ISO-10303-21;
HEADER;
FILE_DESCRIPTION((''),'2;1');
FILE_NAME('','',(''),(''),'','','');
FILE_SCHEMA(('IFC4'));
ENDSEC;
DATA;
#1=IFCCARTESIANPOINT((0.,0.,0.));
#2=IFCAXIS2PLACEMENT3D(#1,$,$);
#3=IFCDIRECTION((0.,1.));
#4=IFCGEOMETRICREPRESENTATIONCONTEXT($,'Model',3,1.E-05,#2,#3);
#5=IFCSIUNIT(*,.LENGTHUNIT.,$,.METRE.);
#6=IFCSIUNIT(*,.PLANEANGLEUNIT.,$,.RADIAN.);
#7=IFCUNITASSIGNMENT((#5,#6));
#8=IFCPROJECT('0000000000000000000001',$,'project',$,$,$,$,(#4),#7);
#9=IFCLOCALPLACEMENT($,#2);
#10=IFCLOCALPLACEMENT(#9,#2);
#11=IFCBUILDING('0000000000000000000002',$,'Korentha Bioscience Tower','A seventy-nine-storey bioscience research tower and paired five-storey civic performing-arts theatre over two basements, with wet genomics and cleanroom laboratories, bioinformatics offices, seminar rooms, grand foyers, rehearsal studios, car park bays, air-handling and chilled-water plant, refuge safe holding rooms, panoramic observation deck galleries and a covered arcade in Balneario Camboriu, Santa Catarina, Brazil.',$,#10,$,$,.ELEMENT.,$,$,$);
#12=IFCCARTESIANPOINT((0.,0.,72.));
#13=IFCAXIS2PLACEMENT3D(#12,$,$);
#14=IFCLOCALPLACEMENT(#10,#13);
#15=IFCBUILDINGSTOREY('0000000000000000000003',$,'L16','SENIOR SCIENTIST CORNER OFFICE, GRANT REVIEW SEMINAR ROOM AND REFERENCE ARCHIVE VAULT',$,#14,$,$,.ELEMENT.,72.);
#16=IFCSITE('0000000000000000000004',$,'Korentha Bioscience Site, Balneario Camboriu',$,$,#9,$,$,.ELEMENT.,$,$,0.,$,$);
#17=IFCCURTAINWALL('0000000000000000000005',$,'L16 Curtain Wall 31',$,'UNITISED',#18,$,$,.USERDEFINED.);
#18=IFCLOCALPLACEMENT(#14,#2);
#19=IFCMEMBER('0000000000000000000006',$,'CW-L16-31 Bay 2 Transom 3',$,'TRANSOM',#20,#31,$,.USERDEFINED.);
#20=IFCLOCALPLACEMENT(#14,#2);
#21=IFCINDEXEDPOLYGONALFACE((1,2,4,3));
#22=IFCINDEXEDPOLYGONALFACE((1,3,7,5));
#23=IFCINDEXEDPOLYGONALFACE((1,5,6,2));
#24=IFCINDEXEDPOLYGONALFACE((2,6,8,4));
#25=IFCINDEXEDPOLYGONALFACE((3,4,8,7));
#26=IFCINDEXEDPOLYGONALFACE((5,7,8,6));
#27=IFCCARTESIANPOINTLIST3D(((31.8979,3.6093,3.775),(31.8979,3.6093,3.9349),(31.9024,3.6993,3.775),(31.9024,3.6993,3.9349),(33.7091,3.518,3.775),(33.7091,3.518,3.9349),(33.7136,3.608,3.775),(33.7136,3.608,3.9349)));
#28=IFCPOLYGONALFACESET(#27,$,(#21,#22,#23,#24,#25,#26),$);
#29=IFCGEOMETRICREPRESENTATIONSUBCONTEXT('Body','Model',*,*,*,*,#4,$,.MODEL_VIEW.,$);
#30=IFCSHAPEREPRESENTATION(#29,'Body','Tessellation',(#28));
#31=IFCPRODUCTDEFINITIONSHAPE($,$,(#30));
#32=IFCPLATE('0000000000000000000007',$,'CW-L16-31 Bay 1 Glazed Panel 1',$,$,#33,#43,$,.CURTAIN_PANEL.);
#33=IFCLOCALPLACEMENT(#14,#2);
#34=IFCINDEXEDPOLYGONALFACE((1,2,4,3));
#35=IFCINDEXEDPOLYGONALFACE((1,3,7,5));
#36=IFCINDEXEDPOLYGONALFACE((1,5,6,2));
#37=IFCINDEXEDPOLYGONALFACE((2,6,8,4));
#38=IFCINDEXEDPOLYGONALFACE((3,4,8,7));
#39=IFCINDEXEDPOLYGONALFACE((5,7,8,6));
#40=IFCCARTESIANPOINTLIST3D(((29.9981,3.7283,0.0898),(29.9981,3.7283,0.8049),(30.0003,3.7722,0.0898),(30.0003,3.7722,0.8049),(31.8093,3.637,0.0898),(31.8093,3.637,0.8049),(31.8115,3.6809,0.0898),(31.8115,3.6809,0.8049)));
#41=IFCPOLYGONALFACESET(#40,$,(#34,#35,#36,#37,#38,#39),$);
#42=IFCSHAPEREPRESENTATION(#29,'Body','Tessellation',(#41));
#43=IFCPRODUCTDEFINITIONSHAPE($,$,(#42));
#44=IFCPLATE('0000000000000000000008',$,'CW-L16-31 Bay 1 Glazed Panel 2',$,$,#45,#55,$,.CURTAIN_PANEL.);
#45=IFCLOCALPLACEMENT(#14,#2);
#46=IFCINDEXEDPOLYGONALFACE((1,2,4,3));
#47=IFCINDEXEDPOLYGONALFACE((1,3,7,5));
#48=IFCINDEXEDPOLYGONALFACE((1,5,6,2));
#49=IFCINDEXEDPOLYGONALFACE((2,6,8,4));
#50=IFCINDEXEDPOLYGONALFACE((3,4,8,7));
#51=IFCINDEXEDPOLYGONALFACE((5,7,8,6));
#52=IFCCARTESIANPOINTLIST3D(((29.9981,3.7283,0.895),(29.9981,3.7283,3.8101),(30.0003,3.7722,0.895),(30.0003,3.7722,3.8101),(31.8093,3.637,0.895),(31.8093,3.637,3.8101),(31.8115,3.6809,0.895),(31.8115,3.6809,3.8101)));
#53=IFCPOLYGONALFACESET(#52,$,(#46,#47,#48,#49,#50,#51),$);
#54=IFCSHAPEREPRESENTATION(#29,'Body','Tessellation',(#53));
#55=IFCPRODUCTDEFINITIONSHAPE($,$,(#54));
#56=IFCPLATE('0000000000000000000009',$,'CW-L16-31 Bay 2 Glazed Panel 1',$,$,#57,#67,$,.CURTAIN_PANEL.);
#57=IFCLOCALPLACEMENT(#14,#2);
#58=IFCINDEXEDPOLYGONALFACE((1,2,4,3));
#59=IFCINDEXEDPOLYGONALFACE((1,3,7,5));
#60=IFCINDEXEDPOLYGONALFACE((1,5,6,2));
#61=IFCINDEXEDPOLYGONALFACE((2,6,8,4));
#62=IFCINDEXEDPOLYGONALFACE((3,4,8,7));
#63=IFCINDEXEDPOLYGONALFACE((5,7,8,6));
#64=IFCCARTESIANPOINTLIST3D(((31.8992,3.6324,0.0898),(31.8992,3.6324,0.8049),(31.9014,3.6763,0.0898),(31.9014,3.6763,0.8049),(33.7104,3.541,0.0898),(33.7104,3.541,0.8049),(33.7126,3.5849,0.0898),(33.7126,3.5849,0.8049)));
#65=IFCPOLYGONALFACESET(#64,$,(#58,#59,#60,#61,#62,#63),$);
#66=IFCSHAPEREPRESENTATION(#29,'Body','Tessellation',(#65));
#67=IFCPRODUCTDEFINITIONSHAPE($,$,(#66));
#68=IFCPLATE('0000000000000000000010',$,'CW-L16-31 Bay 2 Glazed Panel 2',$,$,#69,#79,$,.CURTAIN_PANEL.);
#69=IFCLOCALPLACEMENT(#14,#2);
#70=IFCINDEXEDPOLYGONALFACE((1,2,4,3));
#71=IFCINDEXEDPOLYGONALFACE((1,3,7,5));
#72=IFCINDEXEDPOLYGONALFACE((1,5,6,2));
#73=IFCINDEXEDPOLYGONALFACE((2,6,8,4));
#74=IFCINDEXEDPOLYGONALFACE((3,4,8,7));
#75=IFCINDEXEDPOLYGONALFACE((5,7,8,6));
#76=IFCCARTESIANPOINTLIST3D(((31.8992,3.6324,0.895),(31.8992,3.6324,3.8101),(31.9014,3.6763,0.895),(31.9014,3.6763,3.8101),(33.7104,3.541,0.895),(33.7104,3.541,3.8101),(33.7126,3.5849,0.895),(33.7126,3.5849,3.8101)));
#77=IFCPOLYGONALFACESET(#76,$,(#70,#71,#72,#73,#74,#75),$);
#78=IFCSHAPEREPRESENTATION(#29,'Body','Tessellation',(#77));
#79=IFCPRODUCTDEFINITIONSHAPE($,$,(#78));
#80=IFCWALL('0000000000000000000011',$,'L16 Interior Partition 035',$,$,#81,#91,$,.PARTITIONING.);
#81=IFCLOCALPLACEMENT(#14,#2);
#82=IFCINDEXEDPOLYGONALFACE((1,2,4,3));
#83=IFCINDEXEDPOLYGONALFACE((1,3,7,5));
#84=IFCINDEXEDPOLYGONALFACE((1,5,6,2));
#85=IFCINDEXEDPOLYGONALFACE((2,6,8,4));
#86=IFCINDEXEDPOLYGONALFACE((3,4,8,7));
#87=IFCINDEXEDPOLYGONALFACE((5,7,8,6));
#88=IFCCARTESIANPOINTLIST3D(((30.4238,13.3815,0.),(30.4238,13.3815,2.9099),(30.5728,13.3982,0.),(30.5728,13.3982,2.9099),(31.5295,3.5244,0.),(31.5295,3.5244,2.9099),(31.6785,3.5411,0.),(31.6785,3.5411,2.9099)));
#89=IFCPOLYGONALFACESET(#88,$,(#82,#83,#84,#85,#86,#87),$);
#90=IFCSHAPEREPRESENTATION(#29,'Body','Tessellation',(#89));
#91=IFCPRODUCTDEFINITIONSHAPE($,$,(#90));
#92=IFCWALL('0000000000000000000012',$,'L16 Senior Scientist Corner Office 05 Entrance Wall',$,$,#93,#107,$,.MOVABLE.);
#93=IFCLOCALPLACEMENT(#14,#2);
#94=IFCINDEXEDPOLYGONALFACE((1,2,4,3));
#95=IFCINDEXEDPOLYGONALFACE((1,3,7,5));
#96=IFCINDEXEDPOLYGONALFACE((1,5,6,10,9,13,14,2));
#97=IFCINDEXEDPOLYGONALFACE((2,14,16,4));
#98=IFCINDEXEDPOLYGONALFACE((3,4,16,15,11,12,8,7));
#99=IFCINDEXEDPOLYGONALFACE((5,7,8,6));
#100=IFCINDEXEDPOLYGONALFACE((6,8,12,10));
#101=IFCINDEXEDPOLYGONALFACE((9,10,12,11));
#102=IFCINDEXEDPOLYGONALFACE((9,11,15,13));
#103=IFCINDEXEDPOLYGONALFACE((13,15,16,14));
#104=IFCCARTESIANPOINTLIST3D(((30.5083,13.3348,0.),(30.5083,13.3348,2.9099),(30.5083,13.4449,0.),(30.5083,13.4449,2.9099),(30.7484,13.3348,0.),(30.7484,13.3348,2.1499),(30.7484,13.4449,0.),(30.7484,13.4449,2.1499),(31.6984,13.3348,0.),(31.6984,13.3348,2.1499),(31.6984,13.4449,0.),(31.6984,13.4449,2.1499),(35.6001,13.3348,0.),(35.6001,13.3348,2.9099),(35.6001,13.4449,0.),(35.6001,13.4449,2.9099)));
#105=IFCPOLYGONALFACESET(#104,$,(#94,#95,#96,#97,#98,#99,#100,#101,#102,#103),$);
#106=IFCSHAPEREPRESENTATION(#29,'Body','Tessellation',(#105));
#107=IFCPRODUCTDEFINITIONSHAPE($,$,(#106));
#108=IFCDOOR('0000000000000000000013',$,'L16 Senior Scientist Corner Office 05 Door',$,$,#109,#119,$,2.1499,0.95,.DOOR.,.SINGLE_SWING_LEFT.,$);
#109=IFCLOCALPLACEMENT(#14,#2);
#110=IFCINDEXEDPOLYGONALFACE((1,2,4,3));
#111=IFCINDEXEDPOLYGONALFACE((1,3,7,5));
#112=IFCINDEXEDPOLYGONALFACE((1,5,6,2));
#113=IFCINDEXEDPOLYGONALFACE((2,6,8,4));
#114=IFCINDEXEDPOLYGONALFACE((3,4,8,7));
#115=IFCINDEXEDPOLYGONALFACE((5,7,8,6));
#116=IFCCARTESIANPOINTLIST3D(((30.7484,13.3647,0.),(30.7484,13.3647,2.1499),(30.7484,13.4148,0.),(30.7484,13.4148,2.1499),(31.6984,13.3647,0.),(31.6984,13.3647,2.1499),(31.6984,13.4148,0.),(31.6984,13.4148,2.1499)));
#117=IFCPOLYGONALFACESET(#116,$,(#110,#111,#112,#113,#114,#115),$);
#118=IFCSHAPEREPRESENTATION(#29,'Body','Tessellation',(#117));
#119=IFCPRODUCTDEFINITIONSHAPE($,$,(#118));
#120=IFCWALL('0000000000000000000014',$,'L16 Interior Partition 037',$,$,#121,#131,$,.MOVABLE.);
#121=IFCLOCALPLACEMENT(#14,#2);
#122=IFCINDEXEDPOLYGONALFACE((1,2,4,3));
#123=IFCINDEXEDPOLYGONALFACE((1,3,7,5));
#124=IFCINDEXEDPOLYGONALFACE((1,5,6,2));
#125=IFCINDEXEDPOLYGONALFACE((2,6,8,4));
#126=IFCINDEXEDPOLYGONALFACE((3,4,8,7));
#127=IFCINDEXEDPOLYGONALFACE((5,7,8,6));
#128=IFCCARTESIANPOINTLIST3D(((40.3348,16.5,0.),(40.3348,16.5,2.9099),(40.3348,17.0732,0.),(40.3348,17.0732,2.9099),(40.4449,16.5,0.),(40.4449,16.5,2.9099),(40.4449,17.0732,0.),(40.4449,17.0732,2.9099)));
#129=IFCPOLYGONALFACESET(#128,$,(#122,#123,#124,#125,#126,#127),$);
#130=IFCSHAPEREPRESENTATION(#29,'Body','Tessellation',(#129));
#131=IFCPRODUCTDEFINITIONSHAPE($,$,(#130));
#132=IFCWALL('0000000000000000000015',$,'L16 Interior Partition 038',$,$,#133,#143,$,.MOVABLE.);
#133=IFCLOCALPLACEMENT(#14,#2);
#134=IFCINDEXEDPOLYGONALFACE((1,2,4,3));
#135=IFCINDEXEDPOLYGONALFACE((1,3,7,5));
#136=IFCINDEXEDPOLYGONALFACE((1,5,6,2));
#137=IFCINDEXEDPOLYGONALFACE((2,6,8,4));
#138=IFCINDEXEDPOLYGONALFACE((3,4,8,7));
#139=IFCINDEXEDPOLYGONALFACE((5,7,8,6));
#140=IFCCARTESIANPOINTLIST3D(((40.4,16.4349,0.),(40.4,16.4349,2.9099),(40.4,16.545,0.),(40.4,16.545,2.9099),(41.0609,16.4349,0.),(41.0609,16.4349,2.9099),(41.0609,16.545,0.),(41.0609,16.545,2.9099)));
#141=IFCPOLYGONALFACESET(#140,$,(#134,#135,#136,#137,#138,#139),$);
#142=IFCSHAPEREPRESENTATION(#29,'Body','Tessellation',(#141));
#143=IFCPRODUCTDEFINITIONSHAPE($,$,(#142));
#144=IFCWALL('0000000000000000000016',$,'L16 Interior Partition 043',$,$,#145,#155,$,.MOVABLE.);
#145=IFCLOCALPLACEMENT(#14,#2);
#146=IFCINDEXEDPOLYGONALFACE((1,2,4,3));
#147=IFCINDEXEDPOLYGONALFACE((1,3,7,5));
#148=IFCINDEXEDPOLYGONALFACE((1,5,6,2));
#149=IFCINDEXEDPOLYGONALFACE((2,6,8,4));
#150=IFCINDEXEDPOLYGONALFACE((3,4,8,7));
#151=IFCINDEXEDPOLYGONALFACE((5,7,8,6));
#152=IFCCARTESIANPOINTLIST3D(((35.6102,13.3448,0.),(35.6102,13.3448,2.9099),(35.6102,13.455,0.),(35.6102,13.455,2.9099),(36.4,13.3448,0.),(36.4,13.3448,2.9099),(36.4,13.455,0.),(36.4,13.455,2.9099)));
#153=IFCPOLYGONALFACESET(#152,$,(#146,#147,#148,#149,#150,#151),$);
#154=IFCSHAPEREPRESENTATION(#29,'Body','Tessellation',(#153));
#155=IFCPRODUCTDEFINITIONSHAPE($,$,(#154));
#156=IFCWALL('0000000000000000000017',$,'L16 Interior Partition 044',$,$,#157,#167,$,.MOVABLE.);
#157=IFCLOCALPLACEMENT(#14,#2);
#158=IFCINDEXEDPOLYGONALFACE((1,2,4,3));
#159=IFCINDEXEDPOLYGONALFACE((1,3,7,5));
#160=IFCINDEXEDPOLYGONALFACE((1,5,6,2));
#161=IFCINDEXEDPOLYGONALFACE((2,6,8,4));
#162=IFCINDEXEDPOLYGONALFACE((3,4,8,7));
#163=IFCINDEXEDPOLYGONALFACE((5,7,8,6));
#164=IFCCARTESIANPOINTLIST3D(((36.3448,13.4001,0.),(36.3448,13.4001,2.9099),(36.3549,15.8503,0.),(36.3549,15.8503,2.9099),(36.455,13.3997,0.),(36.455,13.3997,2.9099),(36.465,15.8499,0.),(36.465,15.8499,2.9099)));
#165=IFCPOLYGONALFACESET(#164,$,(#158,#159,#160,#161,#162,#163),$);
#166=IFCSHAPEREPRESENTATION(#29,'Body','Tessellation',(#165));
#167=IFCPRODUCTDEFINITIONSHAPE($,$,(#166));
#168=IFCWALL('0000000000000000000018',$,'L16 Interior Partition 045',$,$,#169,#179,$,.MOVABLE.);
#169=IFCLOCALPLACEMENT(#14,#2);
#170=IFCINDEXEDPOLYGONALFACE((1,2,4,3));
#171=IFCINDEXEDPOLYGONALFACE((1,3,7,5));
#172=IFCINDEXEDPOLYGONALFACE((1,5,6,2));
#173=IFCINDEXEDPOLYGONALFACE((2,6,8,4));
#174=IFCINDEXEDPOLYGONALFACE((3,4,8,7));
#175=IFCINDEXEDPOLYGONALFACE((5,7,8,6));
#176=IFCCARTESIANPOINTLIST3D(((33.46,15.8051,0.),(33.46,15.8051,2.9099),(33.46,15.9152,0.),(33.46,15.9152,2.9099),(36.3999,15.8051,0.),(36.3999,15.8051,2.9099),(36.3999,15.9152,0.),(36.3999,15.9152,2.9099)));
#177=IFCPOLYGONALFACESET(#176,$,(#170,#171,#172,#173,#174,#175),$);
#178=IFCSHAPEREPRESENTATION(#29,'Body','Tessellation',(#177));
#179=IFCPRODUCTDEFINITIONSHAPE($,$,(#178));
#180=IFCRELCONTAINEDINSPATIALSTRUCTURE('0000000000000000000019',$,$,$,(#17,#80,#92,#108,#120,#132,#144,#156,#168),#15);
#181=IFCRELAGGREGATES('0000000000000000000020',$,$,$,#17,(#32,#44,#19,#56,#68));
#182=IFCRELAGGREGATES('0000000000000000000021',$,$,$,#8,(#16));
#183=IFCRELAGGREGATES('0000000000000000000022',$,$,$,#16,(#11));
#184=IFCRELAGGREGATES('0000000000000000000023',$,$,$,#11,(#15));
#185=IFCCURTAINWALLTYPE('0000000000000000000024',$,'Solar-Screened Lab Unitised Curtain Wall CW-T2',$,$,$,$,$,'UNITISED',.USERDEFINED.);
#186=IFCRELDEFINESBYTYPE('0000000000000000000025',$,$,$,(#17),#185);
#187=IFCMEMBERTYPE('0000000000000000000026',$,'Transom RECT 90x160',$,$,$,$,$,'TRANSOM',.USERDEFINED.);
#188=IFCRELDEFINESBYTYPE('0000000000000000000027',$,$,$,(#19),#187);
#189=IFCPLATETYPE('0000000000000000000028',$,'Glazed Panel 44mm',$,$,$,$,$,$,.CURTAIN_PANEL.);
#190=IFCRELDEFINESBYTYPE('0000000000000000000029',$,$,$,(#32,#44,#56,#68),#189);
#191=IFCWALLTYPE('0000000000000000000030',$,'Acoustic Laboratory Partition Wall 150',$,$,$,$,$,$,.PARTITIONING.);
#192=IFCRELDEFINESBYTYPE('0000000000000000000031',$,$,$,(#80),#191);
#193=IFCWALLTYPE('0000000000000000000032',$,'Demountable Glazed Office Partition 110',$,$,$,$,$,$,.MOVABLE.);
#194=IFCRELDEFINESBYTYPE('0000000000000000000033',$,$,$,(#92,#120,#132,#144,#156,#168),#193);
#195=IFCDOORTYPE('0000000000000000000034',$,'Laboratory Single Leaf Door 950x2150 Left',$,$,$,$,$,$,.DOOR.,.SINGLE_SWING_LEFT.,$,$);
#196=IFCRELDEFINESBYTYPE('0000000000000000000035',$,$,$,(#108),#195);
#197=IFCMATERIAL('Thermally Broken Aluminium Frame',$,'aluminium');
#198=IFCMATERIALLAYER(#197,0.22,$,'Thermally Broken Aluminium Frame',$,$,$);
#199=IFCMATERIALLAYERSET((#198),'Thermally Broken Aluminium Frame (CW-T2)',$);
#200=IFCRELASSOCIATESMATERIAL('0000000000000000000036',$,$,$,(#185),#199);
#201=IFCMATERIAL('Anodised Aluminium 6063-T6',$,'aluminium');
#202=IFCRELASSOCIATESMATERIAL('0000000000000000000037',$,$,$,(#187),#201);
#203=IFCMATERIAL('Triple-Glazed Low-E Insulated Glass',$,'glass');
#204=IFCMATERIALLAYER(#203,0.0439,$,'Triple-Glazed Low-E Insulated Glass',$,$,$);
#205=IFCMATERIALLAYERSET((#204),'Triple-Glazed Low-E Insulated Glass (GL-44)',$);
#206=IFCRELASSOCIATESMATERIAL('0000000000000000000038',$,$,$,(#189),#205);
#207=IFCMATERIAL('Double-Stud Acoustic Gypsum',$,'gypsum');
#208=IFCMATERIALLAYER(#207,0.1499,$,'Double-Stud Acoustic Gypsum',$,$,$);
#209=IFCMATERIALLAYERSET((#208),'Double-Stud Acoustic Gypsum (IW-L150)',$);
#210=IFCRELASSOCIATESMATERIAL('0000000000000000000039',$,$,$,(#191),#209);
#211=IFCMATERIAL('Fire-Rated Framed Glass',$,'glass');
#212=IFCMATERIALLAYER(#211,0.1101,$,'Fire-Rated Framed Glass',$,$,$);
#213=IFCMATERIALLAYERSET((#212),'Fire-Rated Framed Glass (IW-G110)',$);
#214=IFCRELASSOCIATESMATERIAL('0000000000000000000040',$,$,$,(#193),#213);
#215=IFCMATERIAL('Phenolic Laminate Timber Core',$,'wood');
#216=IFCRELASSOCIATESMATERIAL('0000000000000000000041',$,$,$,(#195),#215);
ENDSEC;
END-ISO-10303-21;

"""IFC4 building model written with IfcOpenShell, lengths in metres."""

from ifc_helpers import new_model, si_unit, direction, frame, frame_2d, origin, origin_2d, place, context, subcontext, project, spatial, rectangle, extrude, material, layer, layer_set, material_profile, profile_set, type_object, element, fill, aggregate, save


model = new_model("IFC4")

# Units and contexts
model_context = context("Model", 3, precision=1e-05, world=origin(), true_north=direction((0.0, 1.0)))
body_context = subcontext(model_context, "Body", "Model", "MODEL_VIEW")
ifc_project = project(units=[si_unit("LENGTHUNIT", "METRE"), si_unit("PLANEANGLEUNIT", "RADIAN")], contexts=[model_context])

# Site, building, storey
site_placement = place(None, origin())
site = spatial("IfcSite", under=ifc_project, at=site_placement, Name="Korentha Bioscience Site, Balneario Camboriu", CompositionType="ELEMENT", RefElevation=0.0)
building_placement = place(site_placement, origin())
building = spatial("IfcBuilding", under=site, at=building_placement, Name="Korentha Bioscience Tower", Description="A seventy-nine-storey bioscience research tower and paired five-storey civic performing-arts theatre over two basements, with wet genomics and cleanroom laboratories, bioinformatics offices, seminar rooms, grand foyers, rehearsal studios, car park bays, air-handling and chilled-water plant, refuge safe holding rooms, panoramic observation deck galleries and a covered arcade in Balneario Camboriu, Santa Catarina, Brazil.", CompositionType="ELEMENT")
storey_placement = place(building_placement, frame((0.0, 0.0, 72.0)))
storey = spatial("IfcBuildingStorey", under=building, at=storey_placement, Name="L16", Description="SENIOR SCIENTIST CORNER OFFICE, GRANT REVIEW SEMINAR ROOM AND REFERENCE ARCHIVE VAULT", CompositionType="ELEMENT", Elevation=72.0)

# Curtain wall
ifc_material_1 = material(Name="Thermally Broken Aluminium Frame", Category="aluminium")
ifc_layer_1 = layer(ifc_material_1, 0.22, Name="Thermally Broken Aluminium Frame")
ifc_layer_set_1 = layer_set([ifc_layer_1], Name="Thermally Broken Aluminium Frame (CW-T2)")
curtain_wall_type = type_object("IfcCurtainWallType", Name="Solar-Screened Lab Unitised Curtain Wall CW-T2", ElementType="UNITISED", PredefinedType="USERDEFINED", material=ifc_layer_set_1)
curtain_wall_placement = place(storey_placement, origin())
curtain_wall = element("IfcCurtainWall", 1, at=curtain_wall_placement, inside=storey, type_object=curtain_wall_type, Name="L16 Curtain Wall 31", ObjectType="UNITISED", PredefinedType="USERDEFINED")
ifc_material_2 = material(Name="Anodised Aluminium 6063-T6", Category="aluminium")

# Member
ifc_material_profile_1 = material_profile(ifc_material_2, rectangle(XDim=0.0901, YDim=0.1599, at=origin_2d()), Name="Anodised Aluminium 6063-T6")
ifc_profile_set_1 = profile_set([ifc_material_profile_1], Name="Anodised Aluminium 6063-T6 (CW-TRN)")
member_type_1 = type_object("IfcMemberType", Name="Transom RECT 90x160", ElementType="TRANSOM", PredefinedType="USERDEFINED", material=ifc_profile_set_1)
member_1_placement = place(storey_placement, frame((31.9001, 3.6543, 3.855), z_axis=(0.998732, -0.050347, 0.0), x_axis=(0.050347, 0.998732, 0.0)))
member_1 = element("IfcMember", 2, at=member_1_placement, type_object=member_type_1, Name="CW-L16-31 Bay 2 Transom 3", ObjectType="TRANSOM", PredefinedType="USERDEFINED", context=body_context, shape_type="SweptSolid", body=[
    extrude(rectangle(XDim=0.0901, YDim=0.1599, at=origin_2d()), origin(), (0.0, 0.0, 1.0), 1.8135),
])

# Plates
ifc_material_3 = material(Name="Triple-Glazed Low-E Insulated Glass", Category="glass")
ifc_layer_2 = layer(ifc_material_3, 0.0439, Name="Triple-Glazed Low-E Insulated Glass")
ifc_layer_set_2 = layer_set([ifc_layer_2], Name="Triple-Glazed Low-E Insulated Glass (GL-44)")
plate_type = type_object("IfcPlateType", Name="Glazed Panel 44mm", PredefinedType="CURTAIN_PANEL", material=ifc_layer_set_2)
plate_1_placement = place(storey_placement, frame((30.9048, 3.7046, 0.0898), z_axis=(0.0, 0.0, 1.0), x_axis=(0.998731, -0.050371, 0.0)))
plate_1 = element("IfcPlate", 3, at=plate_1_placement, type_object=plate_type, Name="CW-L16-31 Bay 1 Glazed Panel 1", PredefinedType="CURTAIN_PANEL", context=body_context, shape_type="SweptSolid", body=[
    extrude(rectangle(XDim=1.8135, YDim=0.0439, at=origin_2d()), origin(), (0.0, 0.0, 1.0), 0.7151),
])
plate_2_placement = place(storey_placement, frame((30.9048, 3.7046, 0.895), z_axis=(0.0, 0.0, 1.0), x_axis=(0.998731, -0.050371, 0.0)))
plate_2 = element("IfcPlate", 4, at=plate_2_placement, type_object=plate_type, Name="CW-L16-31 Bay 1 Glazed Panel 2", PredefinedType="CURTAIN_PANEL", context=body_context, shape_type="SweptSolid", body=[
    extrude(rectangle(XDim=1.8135, YDim=0.0439, at=origin_2d()), origin(), (0.0, 0.0, 1.0), 2.915),
])
plate_3_placement = place(storey_placement, frame((32.8059, 3.6086, 0.0898), z_axis=(0.0, 0.0, 1.0), x_axis=(0.998731, -0.050371, 0.0)))
plate_3 = element("IfcPlate", 5, at=plate_3_placement, type_object=plate_type, Name="CW-L16-31 Bay 2 Glazed Panel 1", PredefinedType="CURTAIN_PANEL", context=body_context, shape_type="SweptSolid", body=[
    extrude(rectangle(XDim=1.8135, YDim=0.0439, at=origin_2d()), origin(), (0.0, 0.0, 1.0), 0.7151),
])
plate_4_placement = place(storey_placement, frame((32.8059, 3.6086, 0.895), z_axis=(0.0, 0.0, 1.0), x_axis=(0.998731, -0.050371, 0.0)))
plate_4 = element("IfcPlate", 6, at=plate_4_placement, type_object=plate_type, Name="CW-L16-31 Bay 2 Glazed Panel 2", PredefinedType="CURTAIN_PANEL", context=body_context, shape_type="SweptSolid", body=[
    extrude(rectangle(XDim=1.8135, YDim=0.0439, at=origin_2d()), origin(), (0.0, 0.0, 1.0), 2.915),
])
aggregate(curtain_wall, [plate_1, plate_2, member_1, plate_3, plate_4])

# Wall
ifc_material_4 = material(Name="Double-Stud Acoustic Gypsum", Category="gypsum")
ifc_layer_3 = layer(ifc_material_4, 0.1499, Name="Double-Stud Acoustic Gypsum")
ifc_layer_set_3 = layer_set([ifc_layer_3], Name="Double-Stud Acoustic Gypsum (IW-L150)")
wall_type_1 = type_object("IfcWallType", Name="Acoustic Laboratory Partition Wall 150", PredefinedType="PARTITIONING", material=ifc_layer_set_3)
wall_1_placement = place(storey_placement, frame((30.4983, 13.3899, 0.0), z_axis=(0.0, 0.0, 1.0), x_axis=(0.111474, -0.993767, 0.0)))
element("IfcWall", 7, at=wall_1_placement, inside=storey, type_object=wall_type_1, Name="L16 Interior Partition 035", PredefinedType="PARTITIONING", context=body_context, shape_type="SweptSolid", body=[
    extrude(rectangle(XDim=9.9189, YDim=0.1499, at=frame_2d((4.9595, 0.0))), origin(), (0.0, 0.0, 1.0), 2.9099),
])

# Wall, opening, door
ifc_material_5 = material(Name="Fire-Rated Framed Glass", Category="glass")
ifc_layer_4 = layer(ifc_material_5, 0.1101, Name="Fire-Rated Framed Glass")
ifc_layer_set_4 = layer_set([ifc_layer_4], Name="Fire-Rated Framed Glass (IW-G110)")
wall_type_2 = type_object("IfcWallType", Name="Demountable Glazed Office Partition 110", PredefinedType="MOVABLE", material=ifc_layer_set_4)
wall_2_placement = place(storey_placement, frame((30.5083, 13.3899, 0.0), z_axis=(0.0, 0.0, 1.0), x_axis=(1.0, 0.0, 0.0)))
wall_2 = element("IfcWall", 8, at=wall_2_placement, inside=storey, type_object=wall_type_2, Name="L16 Senior Scientist Corner Office 05 Entrance Wall", PredefinedType="MOVABLE", context=body_context, shape_type="SweptSolid", body=[
    extrude(rectangle(XDim=5.0918, YDim=0.1101, at=frame_2d((2.5459, 0.0))), origin(), (0.0, 0.0, 1.0), 2.9099),
])
opening_1_placement = place(wall_2_placement, frame((0.24, 0.0, 0.0)))
opening_1 = element("IfcOpeningElement", 9, at=opening_1_placement, cuts=wall_2, PredefinedType="OPENING", context=body_context, shape_type="SweptSolid", body=[
    extrude(rectangle(XDim=0.95, YDim=2.1499, at=frame_2d((0.4751, 1.075))), frame((0.0, 0.0698, 0.0), z_axis=(0.0, -1.0, 0.0), x_axis=(1.0, 0.0, 0.0)), (0.0, 0.0, 1.0), 0.1399),
])
ifc_material_6 = material(Name="Phenolic Laminate Timber Core", Category="wood")
door_type = type_object("IfcDoorType", Name="Laboratory Single Leaf Door 950x2150 Left", OperationType="SINGLE_SWING_LEFT", PredefinedType="DOOR", material=ifc_material_6)
door_1_placement = place(opening_1_placement, origin())
door_1 = element("IfcDoor", 10, at=door_1_placement, inside=storey, type_object=door_type, Name="L16 Senior Scientist Corner Office 05 Door", OperationType="SINGLE_SWING_LEFT", OverallHeight=2.1499, OverallWidth=0.95, PredefinedType="DOOR", context=body_context, shape_type="SweptSolid", body=[
    extrude(rectangle(XDim=0.95, YDim=2.1499, at=frame_2d((0.4751, 1.075))), frame((0.0, 0.0249, 0.0), z_axis=(0.0, -1.0, 0.0), x_axis=(1.0, 0.0, 0.0)), (0.0, 0.0, 1.0), 0.05),
])
fill(opening_1, door_1)

# Walls
wall_3_placement = place(storey_placement, frame((40.3899, 17.0732, 0.0), z_axis=(0.0, 0.0, 1.0), x_axis=(0.0, -1.0, 0.0)))
element("IfcWall", 11, at=wall_3_placement, inside=storey, type_object=wall_type_2, Name="L16 Interior Partition 037", PredefinedType="MOVABLE", context=body_context, shape_type="SweptSolid", body=[
    extrude(rectangle(XDim=0.5732, YDim=0.1101, at=frame_2d((0.2866, 0.0))), origin(), (0.0, 0.0, 1.0), 2.9099),
])
wall_4_placement = place(storey_placement, frame((40.3999, 16.49, 0.0), z_axis=(0.0, 0.0, 1.0), x_axis=(1.0, 0.0, 0.0)))
element("IfcWall", 12, at=wall_4_placement, inside=storey, type_object=wall_type_2, Name="L16 Interior Partition 038", PredefinedType="MOVABLE", context=body_context, shape_type="SweptSolid", body=[
    extrude(rectangle(XDim=0.6609, YDim=0.1101, at=frame_2d((0.3306, 0.0))), origin(), (0.0, 0.0, 1.0), 2.9099),
])
wall_5_placement = place(storey_placement, frame((35.6101, 13.3999, 0.0), z_axis=(0.0, 0.0, 1.0), x_axis=(1.0, 0.0, 0.0)))
element("IfcWall", 13, at=wall_5_placement, inside=storey, type_object=wall_type_2, Name="L16 Interior Partition 043", PredefinedType="MOVABLE", context=body_context, shape_type="SweptSolid", body=[
    extrude(rectangle(XDim=0.7898, YDim=0.1101, at=frame_2d((0.395, 0.0))), origin(), (0.0, 0.0, 1.0), 2.9099),
])
wall_6_placement = place(storey_placement, frame((36.3999, 13.3999, 0.0), z_axis=(0.0, 0.0, 1.0), x_axis=(0.004085, 0.999992, 0.0)))
element("IfcWall", 14, at=wall_6_placement, inside=storey, type_object=wall_type_2, Name="L16 Interior Partition 044", PredefinedType="MOVABLE", context=body_context, shape_type="SweptSolid", body=[
    extrude(rectangle(XDim=2.4502, YDim=0.1101, at=frame_2d((1.2251, 0.0))), origin(), (0.0, 0.0, 1.0), 2.9099),
])
wall_7_placement = place(storey_placement, frame((36.3999, 15.8601, 0.0), z_axis=(0.0, 0.0, 1.0), x_axis=(-1.0, 0.0, 0.0)))
element("IfcWall", 15, at=wall_7_placement, inside=storey, type_object=wall_type_2, Name="L16 Interior Partition 045", PredefinedType="MOVABLE", context=body_context, shape_type="SweptSolid", body=[
    extrude(rectangle(XDim=2.9399, YDim=0.1101, at=frame_2d((1.47, 0.0))), origin(), (0.0, 0.0, 1.0), 2.9099),
])

save(model, "model.ifc")
